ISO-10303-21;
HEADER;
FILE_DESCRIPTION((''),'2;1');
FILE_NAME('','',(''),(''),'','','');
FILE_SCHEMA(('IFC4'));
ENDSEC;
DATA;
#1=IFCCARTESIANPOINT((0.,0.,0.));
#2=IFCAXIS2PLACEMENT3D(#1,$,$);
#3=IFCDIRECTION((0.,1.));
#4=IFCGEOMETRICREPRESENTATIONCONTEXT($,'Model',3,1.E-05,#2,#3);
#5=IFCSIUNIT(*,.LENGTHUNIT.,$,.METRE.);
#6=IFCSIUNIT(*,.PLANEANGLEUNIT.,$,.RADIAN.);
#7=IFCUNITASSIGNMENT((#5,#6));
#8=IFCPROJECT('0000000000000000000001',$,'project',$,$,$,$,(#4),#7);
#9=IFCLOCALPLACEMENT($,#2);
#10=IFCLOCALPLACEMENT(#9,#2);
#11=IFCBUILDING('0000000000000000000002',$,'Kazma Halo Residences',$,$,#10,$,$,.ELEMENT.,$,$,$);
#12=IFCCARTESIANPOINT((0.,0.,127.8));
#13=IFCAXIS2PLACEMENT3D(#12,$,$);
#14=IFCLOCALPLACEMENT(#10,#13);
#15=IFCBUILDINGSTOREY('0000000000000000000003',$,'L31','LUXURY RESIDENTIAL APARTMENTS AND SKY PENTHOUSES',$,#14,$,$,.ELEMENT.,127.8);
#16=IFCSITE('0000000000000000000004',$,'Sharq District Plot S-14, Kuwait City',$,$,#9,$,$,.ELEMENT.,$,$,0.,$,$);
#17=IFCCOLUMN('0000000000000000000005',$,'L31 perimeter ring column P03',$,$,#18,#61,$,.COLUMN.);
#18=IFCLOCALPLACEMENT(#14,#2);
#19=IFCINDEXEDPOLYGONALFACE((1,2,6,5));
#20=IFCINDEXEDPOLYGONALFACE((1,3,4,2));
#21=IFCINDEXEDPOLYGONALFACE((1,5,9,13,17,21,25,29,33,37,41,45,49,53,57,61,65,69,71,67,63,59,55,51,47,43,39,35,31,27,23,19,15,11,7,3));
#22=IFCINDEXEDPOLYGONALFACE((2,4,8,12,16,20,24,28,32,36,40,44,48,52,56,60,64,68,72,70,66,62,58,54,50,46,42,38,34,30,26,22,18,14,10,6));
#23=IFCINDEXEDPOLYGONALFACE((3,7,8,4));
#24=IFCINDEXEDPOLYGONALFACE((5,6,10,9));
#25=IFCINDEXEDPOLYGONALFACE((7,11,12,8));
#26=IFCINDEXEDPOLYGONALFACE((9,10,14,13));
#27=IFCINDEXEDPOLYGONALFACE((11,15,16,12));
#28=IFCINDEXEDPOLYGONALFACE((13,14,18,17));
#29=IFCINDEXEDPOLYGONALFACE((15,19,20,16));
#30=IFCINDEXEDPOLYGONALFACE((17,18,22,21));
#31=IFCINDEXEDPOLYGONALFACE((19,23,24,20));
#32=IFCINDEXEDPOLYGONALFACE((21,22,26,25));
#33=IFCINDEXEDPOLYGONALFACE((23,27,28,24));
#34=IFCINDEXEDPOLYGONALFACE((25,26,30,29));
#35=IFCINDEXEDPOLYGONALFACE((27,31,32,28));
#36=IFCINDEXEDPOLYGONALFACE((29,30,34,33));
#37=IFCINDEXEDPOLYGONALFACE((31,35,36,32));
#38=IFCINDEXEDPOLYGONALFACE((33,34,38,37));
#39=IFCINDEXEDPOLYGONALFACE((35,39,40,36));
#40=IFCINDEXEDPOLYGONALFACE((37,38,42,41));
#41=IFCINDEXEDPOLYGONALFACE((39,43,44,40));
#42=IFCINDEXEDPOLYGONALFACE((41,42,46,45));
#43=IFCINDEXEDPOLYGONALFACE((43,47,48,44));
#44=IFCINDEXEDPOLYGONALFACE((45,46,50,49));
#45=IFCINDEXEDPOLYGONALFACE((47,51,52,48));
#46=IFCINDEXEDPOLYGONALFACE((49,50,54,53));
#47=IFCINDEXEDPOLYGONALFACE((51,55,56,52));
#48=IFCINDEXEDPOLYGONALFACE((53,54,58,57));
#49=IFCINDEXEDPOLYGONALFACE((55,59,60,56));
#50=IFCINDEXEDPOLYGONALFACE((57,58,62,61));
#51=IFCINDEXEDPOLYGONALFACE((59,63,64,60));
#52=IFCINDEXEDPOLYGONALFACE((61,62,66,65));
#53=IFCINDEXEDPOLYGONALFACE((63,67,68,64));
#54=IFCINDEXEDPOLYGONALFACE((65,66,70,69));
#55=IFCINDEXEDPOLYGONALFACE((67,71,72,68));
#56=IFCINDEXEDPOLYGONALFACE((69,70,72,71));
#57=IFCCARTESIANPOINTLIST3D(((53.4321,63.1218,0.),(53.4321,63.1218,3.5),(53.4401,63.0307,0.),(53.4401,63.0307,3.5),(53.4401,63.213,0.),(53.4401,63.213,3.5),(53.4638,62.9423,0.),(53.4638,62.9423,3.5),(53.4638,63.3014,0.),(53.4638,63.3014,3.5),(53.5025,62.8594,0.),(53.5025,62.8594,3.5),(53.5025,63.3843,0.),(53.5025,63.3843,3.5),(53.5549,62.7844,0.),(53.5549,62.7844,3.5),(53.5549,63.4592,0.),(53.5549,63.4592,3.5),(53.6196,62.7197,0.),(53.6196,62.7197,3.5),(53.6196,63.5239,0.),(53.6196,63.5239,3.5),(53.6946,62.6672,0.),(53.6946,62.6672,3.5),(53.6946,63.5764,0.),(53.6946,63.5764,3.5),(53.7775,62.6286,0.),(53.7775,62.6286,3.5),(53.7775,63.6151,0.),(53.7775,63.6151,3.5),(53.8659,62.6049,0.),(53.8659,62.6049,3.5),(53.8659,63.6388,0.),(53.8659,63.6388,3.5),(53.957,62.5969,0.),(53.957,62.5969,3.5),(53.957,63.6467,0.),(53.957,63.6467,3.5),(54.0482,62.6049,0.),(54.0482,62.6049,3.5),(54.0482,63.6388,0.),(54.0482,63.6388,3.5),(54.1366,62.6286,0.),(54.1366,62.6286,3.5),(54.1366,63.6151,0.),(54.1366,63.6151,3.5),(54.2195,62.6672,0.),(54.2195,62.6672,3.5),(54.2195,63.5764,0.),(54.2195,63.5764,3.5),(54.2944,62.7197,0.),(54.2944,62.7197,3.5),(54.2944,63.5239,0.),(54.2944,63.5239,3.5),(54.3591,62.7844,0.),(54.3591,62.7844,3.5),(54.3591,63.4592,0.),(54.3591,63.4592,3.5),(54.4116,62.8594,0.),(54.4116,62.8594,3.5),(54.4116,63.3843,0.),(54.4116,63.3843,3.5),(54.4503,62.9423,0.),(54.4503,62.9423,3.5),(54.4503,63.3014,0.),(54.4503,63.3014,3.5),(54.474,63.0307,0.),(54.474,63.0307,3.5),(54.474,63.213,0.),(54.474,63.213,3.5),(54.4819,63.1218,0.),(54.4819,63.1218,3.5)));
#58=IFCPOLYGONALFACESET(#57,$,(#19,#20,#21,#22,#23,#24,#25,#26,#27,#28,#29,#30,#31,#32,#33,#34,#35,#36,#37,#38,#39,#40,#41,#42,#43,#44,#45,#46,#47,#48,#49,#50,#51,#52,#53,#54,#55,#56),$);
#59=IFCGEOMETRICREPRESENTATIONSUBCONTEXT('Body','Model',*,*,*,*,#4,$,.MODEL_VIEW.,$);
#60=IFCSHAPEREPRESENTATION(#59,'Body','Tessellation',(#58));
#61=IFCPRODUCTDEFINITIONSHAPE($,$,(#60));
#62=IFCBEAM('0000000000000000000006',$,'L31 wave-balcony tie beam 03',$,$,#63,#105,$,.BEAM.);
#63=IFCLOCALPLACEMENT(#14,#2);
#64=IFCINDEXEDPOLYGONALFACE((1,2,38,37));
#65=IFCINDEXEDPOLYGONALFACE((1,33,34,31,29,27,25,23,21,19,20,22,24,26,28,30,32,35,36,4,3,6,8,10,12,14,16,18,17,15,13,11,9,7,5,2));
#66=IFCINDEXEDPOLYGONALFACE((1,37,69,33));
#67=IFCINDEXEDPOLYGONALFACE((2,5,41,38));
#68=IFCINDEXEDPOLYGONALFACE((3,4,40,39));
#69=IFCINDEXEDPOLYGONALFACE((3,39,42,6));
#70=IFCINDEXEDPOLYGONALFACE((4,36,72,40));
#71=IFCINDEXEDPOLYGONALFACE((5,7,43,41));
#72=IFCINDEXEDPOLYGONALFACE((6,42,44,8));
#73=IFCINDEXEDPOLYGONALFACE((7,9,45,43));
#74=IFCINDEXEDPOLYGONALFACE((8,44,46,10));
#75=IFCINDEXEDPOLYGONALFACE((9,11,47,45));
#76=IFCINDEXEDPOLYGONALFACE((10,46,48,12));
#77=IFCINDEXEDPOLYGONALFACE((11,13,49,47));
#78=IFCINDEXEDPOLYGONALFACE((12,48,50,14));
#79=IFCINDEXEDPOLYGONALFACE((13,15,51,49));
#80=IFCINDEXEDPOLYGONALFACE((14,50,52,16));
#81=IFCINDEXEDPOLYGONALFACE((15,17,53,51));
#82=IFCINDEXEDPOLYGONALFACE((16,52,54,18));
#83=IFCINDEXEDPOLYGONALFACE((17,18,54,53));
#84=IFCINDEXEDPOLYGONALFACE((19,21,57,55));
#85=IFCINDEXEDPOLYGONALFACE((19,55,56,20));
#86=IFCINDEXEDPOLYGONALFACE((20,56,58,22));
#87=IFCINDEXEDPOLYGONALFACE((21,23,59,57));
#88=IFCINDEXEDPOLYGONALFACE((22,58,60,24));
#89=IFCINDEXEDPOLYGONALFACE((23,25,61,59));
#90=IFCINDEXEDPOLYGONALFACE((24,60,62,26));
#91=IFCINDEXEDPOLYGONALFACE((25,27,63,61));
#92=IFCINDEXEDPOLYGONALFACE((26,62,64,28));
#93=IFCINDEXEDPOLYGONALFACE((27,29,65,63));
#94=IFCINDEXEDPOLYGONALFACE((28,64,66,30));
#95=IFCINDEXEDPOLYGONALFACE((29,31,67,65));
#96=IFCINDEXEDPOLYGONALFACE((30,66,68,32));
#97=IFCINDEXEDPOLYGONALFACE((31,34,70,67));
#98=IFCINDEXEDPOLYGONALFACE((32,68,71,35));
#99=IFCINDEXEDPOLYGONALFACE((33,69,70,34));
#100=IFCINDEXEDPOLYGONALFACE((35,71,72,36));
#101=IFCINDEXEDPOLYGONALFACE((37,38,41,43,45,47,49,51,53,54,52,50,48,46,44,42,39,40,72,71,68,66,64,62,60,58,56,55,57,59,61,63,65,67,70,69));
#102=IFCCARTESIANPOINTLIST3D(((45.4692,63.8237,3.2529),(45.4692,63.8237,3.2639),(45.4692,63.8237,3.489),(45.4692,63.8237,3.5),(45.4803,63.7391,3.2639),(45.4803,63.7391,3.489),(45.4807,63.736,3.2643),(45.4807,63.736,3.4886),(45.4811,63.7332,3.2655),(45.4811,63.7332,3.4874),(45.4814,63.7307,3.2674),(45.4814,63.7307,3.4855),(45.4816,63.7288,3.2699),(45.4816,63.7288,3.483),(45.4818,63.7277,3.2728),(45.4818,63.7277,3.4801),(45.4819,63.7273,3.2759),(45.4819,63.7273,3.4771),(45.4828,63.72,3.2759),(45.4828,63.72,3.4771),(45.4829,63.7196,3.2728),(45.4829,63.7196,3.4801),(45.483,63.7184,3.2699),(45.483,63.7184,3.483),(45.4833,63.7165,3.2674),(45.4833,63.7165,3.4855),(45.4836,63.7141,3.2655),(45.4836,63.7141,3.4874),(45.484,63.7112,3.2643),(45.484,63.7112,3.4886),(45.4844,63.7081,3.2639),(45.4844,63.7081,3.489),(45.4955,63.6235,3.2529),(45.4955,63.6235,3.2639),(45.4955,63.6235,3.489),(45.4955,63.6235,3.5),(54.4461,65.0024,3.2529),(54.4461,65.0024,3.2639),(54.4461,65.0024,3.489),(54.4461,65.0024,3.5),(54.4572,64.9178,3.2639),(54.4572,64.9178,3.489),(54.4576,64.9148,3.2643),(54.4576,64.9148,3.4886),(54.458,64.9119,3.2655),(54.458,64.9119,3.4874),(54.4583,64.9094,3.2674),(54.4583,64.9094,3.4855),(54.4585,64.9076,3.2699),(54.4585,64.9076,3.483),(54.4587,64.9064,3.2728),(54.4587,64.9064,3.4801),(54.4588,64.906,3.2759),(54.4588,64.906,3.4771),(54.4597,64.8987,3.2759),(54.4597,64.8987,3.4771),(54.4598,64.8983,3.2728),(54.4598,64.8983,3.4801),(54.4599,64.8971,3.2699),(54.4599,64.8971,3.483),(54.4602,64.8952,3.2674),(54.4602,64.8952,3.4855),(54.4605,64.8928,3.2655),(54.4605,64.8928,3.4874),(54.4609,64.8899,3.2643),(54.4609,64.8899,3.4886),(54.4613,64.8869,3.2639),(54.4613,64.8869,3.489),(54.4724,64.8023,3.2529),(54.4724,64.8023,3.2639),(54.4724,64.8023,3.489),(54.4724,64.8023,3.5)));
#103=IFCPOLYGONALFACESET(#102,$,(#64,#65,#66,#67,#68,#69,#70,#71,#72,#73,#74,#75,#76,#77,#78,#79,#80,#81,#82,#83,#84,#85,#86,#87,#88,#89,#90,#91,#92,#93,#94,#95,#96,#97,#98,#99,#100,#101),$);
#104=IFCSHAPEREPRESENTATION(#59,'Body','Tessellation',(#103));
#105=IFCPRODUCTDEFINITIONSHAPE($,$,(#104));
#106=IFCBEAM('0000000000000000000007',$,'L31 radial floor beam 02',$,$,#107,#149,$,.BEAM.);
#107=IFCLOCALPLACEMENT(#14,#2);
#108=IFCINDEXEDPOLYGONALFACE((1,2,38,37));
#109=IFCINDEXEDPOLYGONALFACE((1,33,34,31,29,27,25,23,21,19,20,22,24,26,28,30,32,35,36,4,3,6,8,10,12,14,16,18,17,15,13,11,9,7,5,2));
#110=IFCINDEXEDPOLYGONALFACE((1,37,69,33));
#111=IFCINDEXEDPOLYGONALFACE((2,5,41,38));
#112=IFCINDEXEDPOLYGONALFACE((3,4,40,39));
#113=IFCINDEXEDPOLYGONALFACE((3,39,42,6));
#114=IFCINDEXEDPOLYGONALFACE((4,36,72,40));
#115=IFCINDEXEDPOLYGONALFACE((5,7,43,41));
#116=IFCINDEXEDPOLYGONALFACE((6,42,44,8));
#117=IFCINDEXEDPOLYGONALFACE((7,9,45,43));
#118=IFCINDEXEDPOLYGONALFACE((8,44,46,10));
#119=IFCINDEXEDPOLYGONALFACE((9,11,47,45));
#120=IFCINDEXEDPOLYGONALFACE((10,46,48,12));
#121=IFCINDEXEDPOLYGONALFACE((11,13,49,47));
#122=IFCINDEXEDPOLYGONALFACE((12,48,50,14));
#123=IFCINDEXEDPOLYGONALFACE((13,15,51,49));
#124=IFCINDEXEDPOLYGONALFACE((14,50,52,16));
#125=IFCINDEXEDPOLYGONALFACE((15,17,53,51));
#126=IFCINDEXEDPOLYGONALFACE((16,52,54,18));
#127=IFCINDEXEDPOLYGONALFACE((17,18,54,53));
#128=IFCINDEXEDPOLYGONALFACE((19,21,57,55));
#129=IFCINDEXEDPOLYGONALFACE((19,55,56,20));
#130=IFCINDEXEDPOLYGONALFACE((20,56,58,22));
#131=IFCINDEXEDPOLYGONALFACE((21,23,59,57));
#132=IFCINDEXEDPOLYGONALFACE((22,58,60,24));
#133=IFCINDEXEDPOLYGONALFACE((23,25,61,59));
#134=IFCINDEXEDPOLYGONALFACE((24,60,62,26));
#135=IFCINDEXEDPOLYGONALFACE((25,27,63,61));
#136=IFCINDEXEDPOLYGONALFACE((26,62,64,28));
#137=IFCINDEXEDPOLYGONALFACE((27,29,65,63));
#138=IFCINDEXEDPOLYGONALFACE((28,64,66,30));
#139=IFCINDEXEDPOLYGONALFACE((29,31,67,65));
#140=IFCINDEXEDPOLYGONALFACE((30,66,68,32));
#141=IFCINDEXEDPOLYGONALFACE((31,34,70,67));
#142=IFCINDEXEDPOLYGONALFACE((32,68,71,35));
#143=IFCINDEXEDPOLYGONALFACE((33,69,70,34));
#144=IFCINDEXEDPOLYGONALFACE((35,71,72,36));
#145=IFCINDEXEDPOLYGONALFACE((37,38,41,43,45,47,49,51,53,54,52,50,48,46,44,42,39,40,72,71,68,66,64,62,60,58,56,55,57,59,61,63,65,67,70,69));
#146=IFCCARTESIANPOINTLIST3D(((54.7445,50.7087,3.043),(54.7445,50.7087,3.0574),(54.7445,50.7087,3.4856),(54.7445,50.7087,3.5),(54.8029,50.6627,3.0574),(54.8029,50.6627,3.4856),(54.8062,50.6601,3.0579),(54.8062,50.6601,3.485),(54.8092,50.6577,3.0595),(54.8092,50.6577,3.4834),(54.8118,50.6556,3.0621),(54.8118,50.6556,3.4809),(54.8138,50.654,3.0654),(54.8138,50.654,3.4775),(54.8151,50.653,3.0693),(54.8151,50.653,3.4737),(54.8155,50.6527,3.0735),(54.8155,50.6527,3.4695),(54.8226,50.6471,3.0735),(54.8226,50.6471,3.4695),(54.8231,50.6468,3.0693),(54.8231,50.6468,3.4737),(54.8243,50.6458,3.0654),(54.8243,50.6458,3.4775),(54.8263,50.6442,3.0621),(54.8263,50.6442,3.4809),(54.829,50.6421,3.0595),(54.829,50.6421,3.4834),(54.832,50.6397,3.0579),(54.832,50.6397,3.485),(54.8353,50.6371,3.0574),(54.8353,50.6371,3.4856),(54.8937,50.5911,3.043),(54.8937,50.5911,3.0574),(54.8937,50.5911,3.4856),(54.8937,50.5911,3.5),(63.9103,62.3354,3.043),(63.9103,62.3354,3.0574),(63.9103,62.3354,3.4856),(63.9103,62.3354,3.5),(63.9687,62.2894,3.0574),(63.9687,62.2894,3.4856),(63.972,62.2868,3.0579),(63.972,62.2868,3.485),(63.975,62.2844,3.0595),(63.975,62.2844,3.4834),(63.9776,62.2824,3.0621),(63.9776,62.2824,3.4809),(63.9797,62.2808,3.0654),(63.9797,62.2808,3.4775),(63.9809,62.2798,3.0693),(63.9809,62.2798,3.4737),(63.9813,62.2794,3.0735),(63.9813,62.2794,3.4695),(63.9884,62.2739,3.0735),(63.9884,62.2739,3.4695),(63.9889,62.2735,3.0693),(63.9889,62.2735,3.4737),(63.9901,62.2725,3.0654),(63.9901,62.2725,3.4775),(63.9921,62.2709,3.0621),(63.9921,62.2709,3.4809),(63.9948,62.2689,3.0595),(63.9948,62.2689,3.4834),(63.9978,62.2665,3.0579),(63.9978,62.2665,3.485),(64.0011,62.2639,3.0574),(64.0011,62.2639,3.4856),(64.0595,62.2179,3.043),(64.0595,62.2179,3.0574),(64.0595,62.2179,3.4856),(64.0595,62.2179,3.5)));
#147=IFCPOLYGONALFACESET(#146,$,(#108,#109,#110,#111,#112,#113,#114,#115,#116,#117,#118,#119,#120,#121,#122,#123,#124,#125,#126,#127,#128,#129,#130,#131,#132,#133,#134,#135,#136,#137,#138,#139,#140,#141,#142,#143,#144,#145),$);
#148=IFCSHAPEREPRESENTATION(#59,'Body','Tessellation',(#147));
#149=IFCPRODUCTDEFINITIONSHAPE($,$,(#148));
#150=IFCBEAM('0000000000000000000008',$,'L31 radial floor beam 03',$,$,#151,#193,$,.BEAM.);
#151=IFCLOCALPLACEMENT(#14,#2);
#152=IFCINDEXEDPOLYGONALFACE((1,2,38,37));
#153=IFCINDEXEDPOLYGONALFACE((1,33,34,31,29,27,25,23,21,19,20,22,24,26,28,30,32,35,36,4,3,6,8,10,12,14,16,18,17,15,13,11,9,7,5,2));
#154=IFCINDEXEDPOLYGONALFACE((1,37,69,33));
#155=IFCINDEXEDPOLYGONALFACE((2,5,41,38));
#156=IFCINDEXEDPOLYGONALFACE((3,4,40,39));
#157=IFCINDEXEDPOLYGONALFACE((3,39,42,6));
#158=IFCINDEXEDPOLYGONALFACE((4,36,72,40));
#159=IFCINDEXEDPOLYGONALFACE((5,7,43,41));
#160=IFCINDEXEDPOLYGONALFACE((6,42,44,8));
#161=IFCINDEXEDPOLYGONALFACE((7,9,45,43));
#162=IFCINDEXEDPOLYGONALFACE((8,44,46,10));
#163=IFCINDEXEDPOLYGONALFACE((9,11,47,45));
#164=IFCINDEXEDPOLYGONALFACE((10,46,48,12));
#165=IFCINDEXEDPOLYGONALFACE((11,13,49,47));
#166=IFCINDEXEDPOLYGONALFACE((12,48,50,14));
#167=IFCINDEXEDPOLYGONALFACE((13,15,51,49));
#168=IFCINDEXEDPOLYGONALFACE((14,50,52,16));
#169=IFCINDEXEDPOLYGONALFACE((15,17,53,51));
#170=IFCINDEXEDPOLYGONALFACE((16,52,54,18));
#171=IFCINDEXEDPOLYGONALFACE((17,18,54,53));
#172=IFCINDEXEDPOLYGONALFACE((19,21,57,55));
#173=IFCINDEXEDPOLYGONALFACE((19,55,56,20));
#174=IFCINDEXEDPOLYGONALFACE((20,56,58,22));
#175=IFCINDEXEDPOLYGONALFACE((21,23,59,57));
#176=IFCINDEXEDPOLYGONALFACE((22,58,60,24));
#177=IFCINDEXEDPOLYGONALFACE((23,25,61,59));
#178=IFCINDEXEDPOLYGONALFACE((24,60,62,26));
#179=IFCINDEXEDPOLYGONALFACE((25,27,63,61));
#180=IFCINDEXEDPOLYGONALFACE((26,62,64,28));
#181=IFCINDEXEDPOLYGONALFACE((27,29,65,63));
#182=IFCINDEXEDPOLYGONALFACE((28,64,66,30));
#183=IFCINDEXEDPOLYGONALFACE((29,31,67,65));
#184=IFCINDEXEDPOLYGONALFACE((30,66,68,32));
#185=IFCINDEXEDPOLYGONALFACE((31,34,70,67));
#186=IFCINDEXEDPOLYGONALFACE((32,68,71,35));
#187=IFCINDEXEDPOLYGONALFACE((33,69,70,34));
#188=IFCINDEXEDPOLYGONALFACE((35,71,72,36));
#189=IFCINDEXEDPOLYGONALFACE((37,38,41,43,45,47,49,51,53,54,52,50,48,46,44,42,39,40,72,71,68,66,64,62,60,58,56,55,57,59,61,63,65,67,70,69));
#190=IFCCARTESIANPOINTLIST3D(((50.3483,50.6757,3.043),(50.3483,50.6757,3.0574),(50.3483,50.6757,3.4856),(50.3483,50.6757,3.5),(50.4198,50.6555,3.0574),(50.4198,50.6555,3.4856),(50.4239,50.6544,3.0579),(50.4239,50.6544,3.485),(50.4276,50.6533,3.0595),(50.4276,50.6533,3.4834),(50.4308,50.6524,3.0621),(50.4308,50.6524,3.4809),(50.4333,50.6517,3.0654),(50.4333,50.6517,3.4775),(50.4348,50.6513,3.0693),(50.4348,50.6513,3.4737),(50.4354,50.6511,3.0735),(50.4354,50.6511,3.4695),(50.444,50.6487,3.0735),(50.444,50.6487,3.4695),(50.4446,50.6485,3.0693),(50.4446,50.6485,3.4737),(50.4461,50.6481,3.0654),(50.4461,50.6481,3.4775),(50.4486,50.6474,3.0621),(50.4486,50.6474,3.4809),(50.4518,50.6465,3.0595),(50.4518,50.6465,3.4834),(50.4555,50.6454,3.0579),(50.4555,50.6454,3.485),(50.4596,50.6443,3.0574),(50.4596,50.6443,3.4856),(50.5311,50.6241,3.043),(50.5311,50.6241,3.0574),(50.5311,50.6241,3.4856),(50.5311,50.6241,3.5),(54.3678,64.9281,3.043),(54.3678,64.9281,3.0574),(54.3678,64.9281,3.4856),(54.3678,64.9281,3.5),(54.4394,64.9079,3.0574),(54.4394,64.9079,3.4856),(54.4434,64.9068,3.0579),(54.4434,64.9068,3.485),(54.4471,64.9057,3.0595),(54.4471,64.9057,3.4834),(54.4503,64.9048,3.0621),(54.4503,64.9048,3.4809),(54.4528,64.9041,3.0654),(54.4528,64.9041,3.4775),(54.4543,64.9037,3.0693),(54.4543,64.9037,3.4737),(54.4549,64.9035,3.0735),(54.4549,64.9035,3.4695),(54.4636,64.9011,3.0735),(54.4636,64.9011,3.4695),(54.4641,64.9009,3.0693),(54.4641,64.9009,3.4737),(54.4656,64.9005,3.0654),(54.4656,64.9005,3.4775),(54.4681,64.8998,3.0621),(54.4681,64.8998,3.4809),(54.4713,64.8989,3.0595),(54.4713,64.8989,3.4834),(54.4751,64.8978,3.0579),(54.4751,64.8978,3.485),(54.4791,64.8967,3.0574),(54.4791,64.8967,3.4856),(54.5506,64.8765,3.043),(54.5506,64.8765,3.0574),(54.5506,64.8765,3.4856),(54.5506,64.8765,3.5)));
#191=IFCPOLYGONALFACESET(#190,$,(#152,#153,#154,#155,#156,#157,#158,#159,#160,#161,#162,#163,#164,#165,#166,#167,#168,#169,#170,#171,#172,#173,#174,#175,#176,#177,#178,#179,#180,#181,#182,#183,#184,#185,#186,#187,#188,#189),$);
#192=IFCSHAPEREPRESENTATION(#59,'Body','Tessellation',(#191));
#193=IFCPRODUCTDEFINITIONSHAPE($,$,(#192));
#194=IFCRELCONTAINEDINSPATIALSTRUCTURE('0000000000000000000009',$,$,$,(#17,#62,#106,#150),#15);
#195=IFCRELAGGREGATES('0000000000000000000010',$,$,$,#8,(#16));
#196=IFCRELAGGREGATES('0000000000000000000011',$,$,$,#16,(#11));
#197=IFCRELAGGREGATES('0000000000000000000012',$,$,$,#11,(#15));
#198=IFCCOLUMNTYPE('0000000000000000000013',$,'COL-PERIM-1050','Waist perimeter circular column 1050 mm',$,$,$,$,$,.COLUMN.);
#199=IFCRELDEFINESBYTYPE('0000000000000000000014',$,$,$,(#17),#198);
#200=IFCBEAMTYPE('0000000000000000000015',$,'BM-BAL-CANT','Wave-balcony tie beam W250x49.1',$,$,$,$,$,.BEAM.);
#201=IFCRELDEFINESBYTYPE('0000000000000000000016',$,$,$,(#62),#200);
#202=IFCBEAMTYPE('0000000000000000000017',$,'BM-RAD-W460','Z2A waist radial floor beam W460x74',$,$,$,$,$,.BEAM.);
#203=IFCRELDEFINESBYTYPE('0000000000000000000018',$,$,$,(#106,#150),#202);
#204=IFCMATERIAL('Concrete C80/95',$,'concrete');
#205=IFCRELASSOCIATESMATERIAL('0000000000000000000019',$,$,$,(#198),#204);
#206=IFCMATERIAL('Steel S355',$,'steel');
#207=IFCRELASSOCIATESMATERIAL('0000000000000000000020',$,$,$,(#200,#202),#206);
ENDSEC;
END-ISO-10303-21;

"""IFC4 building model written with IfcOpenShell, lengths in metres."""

from ifc_helpers import new_model, si_unit, direction, frame, origin, origin_2d, place, context, subcontext, project, spatial, circle, i_section, extrude, material, material_profile, profile_set, type_object, element, save


model = new_model("IFC4")

# Units and contexts
model_context = context("Model", 3, precision=1e-05, world=origin(), true_north=direction((0.0, 1.0)))
body_context = subcontext(model_context, "Body", "Model", "MODEL_VIEW")
ifc_project = project(units=[si_unit("LENGTHUNIT", "METRE"), si_unit("PLANEANGLEUNIT", "RADIAN")], contexts=[model_context])

# Site, building, storey
site_placement = place(None, origin())
site = spatial("IfcSite", under=ifc_project, at=site_placement, Name="Sharq District Plot S-14, Kuwait City", CompositionType="ELEMENT", RefElevation=0.0)
building_placement = place(site_placement, origin())
building = spatial("IfcBuilding", under=site, at=building_placement, Name="Kazma Halo Residences", CompositionType="ELEMENT")
storey_placement = place(building_placement, frame((0.0, 0.0, 127.8)))
storey = spatial("IfcBuildingStorey", under=building, at=storey_placement, Name="L31", Description="LUXURY RESIDENTIAL APARTMENTS AND SKY PENTHOUSES", CompositionType="ELEMENT", Elevation=127.8)

# Column
ifc_material_1 = material(Name="Concrete C80/95", Category="concrete")
ifc_material_profile_1 = material_profile(ifc_material_1, circle(Radius=0.5249, at=origin_2d()), Name="CIRC1050")
ifc_profile_set_1 = profile_set([ifc_material_profile_1], Name="Concrete C80/95")
column_type = type_object("IfcColumnType", Name="COL-PERIM-1050", Description="Waist perimeter circular column 1050 mm", PredefinedType="COLUMN", material=ifc_profile_set_1)
column_placement = place(storey_placement, frame((53.957, 63.1218, 0.0), z_axis=(0.0, 0.0, 1.0), x_axis=(1.0, 0.0, 0.0)))
element("IfcColumn", 1, at=column_placement, inside=storey, type_object=column_type, Name="L31 perimeter ring column P03", PredefinedType="COLUMN", context=body_context, shape_type="SweptSolid", body=[
    extrude(circle(Radius=0.5249, at=origin_2d()), origin(), (0.0, 0.0, 1.0), 3.5),
])

# Beams
ifc_material_2 = material(Name="Steel S355", Category="steel")
ifc_material_profile_2 = material_profile(ifc_material_2, i_section(OverallWidth=0.2019, OverallDepth=0.2471, WebThickness=0.0073, FlangeThickness=0.011, FilletRadius=0.012, at=origin_2d()), Name="W250x49.1")
ifc_profile_set_2 = profile_set([ifc_material_profile_2], Name="Steel S355")
beam_type_1 = type_object("IfcBeamType", Name="BM-BAL-CANT", Description="Wave-balcony tie beam W250x49.1", PredefinedType="BEAM", material=ifc_profile_set_2)
beam_1_placement = place(storey_placement, frame((54.4592, 64.9023, 3.3765), z_axis=(-0.991489, -0.130189, 0.0), x_axis=(0.130189, -0.991489, 0.0)))
element("IfcBeam", 2, at=beam_1_placement, inside=storey, type_object=beam_type_1, Name="L31 wave-balcony tie beam 03", PredefinedType="BEAM", context=body_context, shape_type="SweptSolid", body=[
    extrude(i_section(OverallWidth=0.2019, OverallDepth=0.2471, WebThickness=0.0073, FlangeThickness=0.011, FilletRadius=0.012, at=origin_2d()), origin(), (0.0, 0.0, 1.0), 9.054),
])
ifc_material_profile_3 = material_profile(ifc_material_2, i_section(OverallWidth=0.1899, OverallDepth=0.457, WebThickness=0.009, FlangeThickness=0.0144, FilletRadius=0.0161, at=origin_2d()), Name="W460x74")
ifc_profile_set_3 = profile_set([ifc_material_profile_3], Name="Steel S355")
beam_type_2 = type_object("IfcBeamType", Name="BM-RAD-W460", Description="Z2A waist radial floor beam W460x74", PredefinedType="BEAM", material=ifc_profile_set_3)
beam_2_placement = place(storey_placement, frame((54.8191, 50.6499, 3.2715), z_axis=(0.619094, 0.785316, 0.0), x_axis=(-0.785316, 0.619094, 0.0)))
element("IfcBeam", 3, at=beam_2_placement, inside=storey, type_object=beam_type_2, Name="L31 radial floor beam 02", PredefinedType="BEAM", context=body_context, shape_type="SweptSolid", body=[
    extrude(i_section(OverallWidth=0.1899, OverallDepth=0.457, WebThickness=0.009, FlangeThickness=0.0144, FilletRadius=0.0161, at=origin_2d()), origin(), (0.0, 0.0, 1.0), 14.8052),
])
beam_3_placement = place(storey_placement, frame((50.4397, 50.6499, 3.2715), z_axis=(0.271436, 0.962457, 0.0), x_axis=(-0.962457, 0.271436, 0.0)))
element("IfcBeam", 4, at=beam_3_placement, inside=storey, type_object=beam_type_2, Name="L31 radial floor beam 03", PredefinedType="BEAM", context=body_context, shape_type="SweptSolid", body=[
    extrude(i_section(OverallWidth=0.1899, OverallDepth=0.457, WebThickness=0.009, FlangeThickness=0.0144, FilletRadius=0.0161, at=origin_2d()), origin(), (0.0, 0.0, 1.0), 14.8083),
])

save(model, "model.ifc")
